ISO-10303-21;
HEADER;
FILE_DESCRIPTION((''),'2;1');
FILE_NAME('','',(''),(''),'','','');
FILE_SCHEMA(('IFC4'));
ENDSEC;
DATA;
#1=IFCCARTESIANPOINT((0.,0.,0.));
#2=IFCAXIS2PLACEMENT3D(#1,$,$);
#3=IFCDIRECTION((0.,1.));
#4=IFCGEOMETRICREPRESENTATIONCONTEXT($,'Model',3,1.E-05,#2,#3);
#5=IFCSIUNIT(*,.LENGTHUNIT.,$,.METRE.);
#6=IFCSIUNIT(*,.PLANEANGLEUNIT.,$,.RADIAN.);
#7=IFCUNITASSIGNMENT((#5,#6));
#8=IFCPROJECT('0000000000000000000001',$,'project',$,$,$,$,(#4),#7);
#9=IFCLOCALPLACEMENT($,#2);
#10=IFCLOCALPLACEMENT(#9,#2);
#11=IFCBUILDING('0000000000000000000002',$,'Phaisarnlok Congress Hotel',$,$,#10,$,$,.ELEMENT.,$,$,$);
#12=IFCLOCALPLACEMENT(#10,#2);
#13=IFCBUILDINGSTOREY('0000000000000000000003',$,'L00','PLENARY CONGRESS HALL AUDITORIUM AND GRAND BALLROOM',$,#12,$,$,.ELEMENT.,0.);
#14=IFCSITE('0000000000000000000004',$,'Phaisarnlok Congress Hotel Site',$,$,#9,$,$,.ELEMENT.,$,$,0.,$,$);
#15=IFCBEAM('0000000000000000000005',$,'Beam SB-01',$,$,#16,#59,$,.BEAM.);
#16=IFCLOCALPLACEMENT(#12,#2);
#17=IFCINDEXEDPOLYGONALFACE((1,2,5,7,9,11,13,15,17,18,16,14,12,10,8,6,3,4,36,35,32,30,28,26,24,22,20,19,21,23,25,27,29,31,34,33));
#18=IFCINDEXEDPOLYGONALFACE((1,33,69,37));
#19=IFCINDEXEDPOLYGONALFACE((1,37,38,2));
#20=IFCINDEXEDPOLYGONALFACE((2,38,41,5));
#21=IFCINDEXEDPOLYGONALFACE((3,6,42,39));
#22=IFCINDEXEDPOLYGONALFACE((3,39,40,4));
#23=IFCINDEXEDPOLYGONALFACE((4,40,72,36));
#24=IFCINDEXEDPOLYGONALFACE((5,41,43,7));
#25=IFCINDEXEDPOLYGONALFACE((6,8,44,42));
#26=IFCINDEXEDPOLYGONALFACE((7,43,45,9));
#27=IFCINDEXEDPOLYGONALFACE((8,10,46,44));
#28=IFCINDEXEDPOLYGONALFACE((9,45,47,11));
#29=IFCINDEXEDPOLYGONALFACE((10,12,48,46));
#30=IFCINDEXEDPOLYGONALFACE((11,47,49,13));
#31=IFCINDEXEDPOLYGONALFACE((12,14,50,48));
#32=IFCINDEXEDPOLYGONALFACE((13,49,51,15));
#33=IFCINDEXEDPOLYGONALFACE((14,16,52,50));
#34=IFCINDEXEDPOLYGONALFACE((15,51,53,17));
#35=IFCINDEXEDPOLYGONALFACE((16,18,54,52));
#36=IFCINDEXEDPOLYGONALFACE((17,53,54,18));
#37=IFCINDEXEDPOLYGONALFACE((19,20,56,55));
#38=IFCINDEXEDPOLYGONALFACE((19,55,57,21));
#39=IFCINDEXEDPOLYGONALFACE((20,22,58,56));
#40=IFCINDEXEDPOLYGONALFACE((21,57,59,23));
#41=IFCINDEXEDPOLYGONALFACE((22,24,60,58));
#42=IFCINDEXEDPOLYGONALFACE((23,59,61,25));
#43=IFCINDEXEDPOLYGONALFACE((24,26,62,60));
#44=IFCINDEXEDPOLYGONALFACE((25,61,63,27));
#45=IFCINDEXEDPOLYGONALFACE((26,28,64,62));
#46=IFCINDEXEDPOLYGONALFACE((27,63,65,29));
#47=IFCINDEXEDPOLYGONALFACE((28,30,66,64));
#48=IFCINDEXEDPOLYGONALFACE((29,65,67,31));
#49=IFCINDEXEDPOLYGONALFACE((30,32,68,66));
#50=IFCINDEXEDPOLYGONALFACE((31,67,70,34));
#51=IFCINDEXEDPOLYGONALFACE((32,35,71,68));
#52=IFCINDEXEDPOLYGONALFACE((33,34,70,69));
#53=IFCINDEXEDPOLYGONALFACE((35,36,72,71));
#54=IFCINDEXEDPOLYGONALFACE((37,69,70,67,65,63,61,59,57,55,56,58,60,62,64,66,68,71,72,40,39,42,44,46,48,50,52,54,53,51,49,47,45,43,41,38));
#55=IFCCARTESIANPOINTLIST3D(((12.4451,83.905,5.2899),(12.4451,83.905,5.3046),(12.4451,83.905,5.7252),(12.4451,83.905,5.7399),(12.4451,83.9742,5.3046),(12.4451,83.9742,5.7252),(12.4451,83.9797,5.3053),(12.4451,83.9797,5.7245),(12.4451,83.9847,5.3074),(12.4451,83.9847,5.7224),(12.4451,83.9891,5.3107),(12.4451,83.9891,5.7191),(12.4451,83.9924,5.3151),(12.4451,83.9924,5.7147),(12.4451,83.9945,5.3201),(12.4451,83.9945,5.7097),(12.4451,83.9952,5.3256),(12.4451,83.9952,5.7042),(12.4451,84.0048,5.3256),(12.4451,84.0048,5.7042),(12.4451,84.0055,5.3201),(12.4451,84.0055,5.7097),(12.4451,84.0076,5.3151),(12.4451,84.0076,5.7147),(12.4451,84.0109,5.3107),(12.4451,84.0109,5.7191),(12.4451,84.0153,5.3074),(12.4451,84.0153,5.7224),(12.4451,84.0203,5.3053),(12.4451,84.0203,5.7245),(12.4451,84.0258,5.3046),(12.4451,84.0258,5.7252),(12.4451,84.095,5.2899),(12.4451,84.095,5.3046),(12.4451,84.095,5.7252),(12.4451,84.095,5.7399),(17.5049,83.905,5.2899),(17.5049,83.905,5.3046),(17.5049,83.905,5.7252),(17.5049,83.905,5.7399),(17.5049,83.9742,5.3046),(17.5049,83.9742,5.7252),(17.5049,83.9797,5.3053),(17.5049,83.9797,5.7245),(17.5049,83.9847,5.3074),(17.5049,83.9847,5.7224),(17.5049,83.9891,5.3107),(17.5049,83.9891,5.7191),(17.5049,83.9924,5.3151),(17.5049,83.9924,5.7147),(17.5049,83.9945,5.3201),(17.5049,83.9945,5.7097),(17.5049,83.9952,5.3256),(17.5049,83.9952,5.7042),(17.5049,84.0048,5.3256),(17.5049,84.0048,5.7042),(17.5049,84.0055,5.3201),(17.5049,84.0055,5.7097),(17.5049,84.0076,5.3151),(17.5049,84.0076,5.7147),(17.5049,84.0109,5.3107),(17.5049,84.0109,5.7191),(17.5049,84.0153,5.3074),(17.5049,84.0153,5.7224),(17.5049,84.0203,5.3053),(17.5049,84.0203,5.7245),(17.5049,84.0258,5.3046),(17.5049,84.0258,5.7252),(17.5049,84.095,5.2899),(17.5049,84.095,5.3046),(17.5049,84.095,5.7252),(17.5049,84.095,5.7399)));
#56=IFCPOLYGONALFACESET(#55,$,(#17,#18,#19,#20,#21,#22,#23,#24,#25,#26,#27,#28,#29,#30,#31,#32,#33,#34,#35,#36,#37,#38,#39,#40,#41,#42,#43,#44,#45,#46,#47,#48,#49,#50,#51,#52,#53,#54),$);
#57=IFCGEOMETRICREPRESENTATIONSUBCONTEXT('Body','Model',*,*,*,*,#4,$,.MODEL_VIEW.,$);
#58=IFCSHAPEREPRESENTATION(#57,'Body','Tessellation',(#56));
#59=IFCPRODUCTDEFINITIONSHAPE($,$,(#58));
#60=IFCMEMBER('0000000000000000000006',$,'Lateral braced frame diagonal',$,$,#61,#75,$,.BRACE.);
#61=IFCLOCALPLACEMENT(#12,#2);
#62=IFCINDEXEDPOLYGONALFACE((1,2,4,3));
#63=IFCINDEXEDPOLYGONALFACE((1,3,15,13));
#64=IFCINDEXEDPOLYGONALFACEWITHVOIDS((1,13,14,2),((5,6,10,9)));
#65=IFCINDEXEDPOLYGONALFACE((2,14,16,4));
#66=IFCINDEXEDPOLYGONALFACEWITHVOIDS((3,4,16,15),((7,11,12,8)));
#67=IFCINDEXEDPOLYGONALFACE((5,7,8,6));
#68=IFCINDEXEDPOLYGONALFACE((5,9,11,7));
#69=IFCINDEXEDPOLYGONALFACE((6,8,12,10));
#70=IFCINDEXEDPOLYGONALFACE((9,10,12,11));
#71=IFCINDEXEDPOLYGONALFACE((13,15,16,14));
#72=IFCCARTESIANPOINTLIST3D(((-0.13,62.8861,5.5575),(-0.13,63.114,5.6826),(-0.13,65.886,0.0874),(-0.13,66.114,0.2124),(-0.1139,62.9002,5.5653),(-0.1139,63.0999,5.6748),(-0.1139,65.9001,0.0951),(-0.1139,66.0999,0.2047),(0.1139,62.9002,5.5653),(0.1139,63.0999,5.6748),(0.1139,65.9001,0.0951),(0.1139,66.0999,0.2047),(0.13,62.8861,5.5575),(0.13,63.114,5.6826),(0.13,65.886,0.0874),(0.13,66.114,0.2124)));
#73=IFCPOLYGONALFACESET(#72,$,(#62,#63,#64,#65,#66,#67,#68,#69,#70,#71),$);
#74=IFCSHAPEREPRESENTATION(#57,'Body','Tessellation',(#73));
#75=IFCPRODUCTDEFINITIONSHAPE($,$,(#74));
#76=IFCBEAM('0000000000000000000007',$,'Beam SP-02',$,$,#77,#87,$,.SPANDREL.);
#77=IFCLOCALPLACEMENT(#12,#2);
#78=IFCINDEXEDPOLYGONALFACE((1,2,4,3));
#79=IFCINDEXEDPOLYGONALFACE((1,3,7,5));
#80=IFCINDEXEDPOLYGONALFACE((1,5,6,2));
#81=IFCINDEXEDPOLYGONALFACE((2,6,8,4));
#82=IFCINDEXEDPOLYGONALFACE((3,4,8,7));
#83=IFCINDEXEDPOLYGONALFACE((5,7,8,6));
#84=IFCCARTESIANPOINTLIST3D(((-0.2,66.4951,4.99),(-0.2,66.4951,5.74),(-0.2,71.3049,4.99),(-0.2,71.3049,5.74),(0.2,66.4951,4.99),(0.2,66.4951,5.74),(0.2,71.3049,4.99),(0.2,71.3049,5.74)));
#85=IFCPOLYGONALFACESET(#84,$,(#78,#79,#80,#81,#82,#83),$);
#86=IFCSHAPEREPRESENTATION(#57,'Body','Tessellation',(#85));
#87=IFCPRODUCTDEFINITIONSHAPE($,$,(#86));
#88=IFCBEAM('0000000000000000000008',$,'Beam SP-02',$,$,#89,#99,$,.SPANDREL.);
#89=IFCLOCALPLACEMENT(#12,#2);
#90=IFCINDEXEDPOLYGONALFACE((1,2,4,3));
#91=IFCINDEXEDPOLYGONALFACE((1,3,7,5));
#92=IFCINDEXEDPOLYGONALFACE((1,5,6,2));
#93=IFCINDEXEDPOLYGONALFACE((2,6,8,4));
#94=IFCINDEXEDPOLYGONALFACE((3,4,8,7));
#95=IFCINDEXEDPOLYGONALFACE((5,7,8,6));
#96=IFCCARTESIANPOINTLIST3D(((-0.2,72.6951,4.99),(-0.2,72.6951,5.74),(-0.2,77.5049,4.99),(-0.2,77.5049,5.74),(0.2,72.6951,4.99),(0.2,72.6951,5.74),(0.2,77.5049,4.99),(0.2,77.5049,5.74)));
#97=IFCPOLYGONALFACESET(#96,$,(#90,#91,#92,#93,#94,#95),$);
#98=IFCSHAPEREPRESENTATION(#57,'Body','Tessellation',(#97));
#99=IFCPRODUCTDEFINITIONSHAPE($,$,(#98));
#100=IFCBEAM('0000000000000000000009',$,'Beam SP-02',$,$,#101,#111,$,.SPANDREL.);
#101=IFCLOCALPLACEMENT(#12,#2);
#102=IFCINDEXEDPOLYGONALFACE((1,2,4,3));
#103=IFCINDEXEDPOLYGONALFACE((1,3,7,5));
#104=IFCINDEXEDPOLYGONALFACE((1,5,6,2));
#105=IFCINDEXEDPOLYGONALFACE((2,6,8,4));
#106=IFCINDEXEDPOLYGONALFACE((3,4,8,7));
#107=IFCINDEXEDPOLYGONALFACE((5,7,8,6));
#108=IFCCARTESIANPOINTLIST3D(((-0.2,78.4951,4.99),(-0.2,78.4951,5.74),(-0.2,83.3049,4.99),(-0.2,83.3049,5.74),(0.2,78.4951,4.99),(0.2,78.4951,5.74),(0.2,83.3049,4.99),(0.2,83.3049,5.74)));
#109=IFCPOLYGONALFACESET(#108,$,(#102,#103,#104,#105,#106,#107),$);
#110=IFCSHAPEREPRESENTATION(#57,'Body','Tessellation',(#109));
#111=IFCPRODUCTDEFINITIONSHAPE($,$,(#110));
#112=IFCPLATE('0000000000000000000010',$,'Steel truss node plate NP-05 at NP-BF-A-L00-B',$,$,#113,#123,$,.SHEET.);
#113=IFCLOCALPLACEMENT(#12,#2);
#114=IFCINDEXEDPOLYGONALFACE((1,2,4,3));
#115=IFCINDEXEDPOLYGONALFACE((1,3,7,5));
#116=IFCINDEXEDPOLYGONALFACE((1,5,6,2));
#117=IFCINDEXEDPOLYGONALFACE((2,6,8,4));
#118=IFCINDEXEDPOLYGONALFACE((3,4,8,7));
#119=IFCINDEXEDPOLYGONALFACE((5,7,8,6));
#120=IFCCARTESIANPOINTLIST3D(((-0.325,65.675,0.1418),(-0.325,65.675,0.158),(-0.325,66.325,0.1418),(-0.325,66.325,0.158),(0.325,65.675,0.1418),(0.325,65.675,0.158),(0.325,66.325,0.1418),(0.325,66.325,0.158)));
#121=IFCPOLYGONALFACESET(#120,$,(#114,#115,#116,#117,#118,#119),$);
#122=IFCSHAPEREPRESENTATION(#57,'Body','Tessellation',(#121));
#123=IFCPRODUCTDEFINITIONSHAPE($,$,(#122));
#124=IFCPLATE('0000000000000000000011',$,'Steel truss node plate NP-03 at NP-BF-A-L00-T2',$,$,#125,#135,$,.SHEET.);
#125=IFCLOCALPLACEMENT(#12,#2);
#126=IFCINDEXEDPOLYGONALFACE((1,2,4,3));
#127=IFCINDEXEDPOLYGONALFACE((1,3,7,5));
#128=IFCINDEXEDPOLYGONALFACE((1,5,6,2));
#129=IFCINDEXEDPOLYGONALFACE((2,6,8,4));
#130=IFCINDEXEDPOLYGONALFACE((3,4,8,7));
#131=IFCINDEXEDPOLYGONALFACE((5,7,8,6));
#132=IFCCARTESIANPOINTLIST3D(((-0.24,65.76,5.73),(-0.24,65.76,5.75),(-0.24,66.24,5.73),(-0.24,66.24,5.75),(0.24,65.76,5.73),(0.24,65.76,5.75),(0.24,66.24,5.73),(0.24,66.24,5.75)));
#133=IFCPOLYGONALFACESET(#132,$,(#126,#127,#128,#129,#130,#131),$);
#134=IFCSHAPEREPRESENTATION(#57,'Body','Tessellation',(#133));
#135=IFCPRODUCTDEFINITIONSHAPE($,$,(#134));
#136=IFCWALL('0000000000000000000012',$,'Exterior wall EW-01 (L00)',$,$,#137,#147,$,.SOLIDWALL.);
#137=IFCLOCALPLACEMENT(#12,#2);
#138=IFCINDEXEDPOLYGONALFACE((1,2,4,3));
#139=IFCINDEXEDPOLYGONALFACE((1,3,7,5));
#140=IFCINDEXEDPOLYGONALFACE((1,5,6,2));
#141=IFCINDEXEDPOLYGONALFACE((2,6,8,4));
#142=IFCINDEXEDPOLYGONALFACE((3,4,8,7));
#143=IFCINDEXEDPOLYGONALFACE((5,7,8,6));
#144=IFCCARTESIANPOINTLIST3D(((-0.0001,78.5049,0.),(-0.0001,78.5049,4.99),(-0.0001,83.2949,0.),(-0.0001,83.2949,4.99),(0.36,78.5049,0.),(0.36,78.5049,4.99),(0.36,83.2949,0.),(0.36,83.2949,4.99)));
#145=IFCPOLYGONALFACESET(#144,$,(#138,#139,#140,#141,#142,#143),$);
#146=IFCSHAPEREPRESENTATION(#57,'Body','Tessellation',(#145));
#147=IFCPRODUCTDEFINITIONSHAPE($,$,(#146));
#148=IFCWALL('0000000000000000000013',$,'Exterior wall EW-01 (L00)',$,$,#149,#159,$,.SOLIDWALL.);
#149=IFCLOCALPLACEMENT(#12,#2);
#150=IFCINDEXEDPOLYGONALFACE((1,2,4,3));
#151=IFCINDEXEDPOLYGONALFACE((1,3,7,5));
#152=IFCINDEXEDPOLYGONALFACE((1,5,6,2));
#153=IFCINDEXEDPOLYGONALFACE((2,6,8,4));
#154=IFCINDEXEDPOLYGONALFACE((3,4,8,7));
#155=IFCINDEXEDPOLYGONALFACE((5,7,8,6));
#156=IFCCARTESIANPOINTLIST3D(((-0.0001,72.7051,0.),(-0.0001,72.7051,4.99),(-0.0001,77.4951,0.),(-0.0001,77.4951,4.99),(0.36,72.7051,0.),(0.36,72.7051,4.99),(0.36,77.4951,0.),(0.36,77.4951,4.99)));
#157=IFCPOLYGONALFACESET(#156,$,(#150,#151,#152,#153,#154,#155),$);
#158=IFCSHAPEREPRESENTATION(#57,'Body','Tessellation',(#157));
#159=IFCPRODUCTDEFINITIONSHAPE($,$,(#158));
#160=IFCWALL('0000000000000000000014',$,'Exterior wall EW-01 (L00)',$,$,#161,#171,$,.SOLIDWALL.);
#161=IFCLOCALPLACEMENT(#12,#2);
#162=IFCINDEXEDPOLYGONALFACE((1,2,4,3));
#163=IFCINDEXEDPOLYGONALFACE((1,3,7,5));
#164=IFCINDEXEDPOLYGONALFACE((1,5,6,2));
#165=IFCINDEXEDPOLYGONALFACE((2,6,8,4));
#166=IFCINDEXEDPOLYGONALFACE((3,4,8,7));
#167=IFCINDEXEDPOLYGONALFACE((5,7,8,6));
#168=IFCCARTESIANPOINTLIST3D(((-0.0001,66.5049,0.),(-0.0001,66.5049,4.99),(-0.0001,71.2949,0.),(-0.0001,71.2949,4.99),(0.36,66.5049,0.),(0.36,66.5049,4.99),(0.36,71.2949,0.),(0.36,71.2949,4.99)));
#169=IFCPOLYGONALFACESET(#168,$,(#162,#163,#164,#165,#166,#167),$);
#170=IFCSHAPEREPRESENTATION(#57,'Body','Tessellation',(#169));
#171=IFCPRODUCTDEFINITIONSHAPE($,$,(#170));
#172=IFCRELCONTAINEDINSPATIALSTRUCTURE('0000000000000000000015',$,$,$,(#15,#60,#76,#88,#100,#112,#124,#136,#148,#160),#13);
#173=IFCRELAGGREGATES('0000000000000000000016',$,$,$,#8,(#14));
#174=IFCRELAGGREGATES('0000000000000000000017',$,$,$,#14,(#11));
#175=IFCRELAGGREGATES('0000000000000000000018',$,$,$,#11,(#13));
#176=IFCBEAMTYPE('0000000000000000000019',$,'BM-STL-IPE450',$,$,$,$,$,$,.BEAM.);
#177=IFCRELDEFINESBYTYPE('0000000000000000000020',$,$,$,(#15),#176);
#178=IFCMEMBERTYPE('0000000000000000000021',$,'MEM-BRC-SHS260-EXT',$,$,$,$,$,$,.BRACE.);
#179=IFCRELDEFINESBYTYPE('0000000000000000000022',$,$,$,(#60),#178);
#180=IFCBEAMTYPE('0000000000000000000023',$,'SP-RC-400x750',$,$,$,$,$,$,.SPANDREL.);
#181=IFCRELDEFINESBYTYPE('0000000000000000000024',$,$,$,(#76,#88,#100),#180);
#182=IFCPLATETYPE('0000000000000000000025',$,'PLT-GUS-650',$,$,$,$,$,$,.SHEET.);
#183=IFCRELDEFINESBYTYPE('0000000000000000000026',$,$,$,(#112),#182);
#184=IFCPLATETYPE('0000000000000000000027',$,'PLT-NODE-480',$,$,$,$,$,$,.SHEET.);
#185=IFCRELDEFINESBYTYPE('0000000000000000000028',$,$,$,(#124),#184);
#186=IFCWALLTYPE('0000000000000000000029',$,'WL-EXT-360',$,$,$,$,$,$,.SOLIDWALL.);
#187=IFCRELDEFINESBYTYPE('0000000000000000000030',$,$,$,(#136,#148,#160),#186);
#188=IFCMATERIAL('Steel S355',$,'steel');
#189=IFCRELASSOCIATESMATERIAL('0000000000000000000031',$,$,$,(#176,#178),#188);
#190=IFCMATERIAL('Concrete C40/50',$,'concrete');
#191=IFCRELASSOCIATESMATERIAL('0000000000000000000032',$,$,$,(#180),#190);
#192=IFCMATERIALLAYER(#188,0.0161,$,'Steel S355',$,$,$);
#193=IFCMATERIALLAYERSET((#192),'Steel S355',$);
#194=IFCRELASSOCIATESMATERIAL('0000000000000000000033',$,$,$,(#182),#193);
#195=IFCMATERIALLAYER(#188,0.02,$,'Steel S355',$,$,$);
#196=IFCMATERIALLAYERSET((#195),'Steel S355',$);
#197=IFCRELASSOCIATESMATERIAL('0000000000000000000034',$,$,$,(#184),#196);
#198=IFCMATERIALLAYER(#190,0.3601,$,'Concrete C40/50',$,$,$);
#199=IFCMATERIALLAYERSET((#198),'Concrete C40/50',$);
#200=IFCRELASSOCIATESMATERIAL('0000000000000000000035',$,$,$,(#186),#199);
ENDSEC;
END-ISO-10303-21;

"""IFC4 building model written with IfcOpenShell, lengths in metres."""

from ifc_helpers import new_model, si_unit, direction, frame, frame_2d, origin, origin_2d, place, context, subcontext, project, spatial, rectangle, hollow_rectangle, i_section, extrude, material, layer, layer_set, material_profile, profile_set, type_object, element, save


model = new_model("IFC4")

# Units and contexts
model_context = context("Model", 3, precision=1e-05, world=origin(), true_north=direction((0.0, 1.0)))
body_context = subcontext(model_context, "Body", "Model", "MODEL_VIEW")
ifc_project = project(units=[si_unit("LENGTHUNIT", "METRE"), si_unit("PLANEANGLEUNIT", "RADIAN")], contexts=[model_context])

# Site, building, storey
site_placement = place(None, origin())
site = spatial("IfcSite", under=ifc_project, at=site_placement, Name="Phaisarnlok Congress Hotel Site", CompositionType="ELEMENT", RefElevation=0.0)
building_placement = place(site_placement, origin())
building = spatial("IfcBuilding", under=site, at=building_placement, Name="Phaisarnlok Congress Hotel", CompositionType="ELEMENT")
storey_placement = place(building_placement, origin())
storey = spatial("IfcBuildingStorey", under=building, at=storey_placement, Name="L00", Description="PLENARY CONGRESS HALL AUDITORIUM AND GRAND BALLROOM", CompositionType="ELEMENT", Elevation=0.0)

# Shared definitions
ifc_material_1 = material(Name="Concrete C40/50", Category="concrete")

# Beam
ifc_material_2 = material(Name="Steel S355", Category="steel")
ifc_material_profile_1 = material_profile(ifc_material_2, i_section(OverallWidth=0.1899, OverallDepth=0.45, WebThickness=0.0095, FlangeThickness=0.0146, FilletRadius=0.021, at=origin_2d()), Name="IPE 450")
ifc_profile_set_1 = profile_set([ifc_material_profile_1], Name="Steel S355")
beam_type_1 = type_object("IfcBeamType", Name="BM-STL-IPE450", PredefinedType="BEAM", material=ifc_profile_set_1)
beam_1_placement = place(storey_placement, frame((12.4451, 84.0, 5.5149), z_axis=(1.0, 0.0, 0.0), x_axis=(0.0, 1.0, 0.0)))
element("IfcBeam", 1, at=beam_1_placement, inside=storey, type_object=beam_type_1, Name="Beam SB-01", PredefinedType="BEAM", context=body_context, shape_type="SweptSolid", body=[
    extrude(i_section(OverallWidth=0.1899, OverallDepth=0.45, WebThickness=0.0095, FlangeThickness=0.0146, FilletRadius=0.021, at=origin_2d()), origin(), (0.0, 0.0, 1.0), 5.0598),
])

# Member
ifc_material_profile_2 = material_profile(ifc_material_2, hollow_rectangle(XDim=0.26, YDim=0.26, WallThickness=0.0161, at=origin_2d()), Name="SHS 260x260x16")
ifc_profile_set_2 = profile_set([ifc_material_profile_2], Name="Steel S355")
member_type = type_object("IfcMemberType", Name="MEM-BRC-SHS260-EXT", PredefinedType="BRACE", material=ifc_profile_set_2)
member_placement = place(storey_placement, frame((0.0, 66.0, 0.1499), z_axis=(0.0, -0.480858, 0.876799), x_axis=(1.0, 0.0, 0.0)))
element("IfcMember", 2, at=member_placement, inside=storey, type_object=member_type, Name="Lateral braced frame diagonal", PredefinedType="BRACE", context=body_context, shape_type="SweptSolid", body=[
    extrude(hollow_rectangle(XDim=0.26, YDim=0.26, WallThickness=0.0161, at=origin_2d()), origin(), (0.0, 0.0, 1.0), 6.2388),
])

# Beams
ifc_material_profile_3 = material_profile(ifc_material_1, rectangle(XDim=0.3999, YDim=0.75, at=origin_2d()), Name="RC 400x750")
ifc_profile_set_3 = profile_set([ifc_material_profile_3], Name="Concrete C40/50")
beam_type_2 = type_object("IfcBeamType", Name="SP-RC-400x750", PredefinedType="SPANDREL", material=ifc_profile_set_3)
for number, where, z_axis, x_axis, name in (
    (3, (0.0, 66.4951, 5.365), (0.0, 1.0, 0.0), (-1.0, 0.0, 0.0), "Beam SP-02"),
    (4, (0.0, 72.6951, 5.365), (0.0, 1.0, 0.0), (-1.0, 0.0, 0.0), "Beam SP-02"),
    (5, (0.0, 78.4951, 5.365), (0.0, 1.0, 0.0), (-1.0, 0.0, 0.0), "Beam SP-02"),
):
    element("IfcBeam", number, at=place(storey_placement, frame(where, z_axis=z_axis, x_axis=x_axis)), inside=storey, type_object=beam_type_2, Name=name, PredefinedType="SPANDREL", context=body_context, shape_type="SweptSolid", body=[
        extrude(rectangle(XDim=0.3999, YDim=0.75, at=origin_2d()), origin(), (0.0, 0.0, 1.0), 4.8098),
    ])

# Plates
ifc_layer_1 = layer(ifc_material_2, 0.0161, Name="Steel S355")
ifc_layer_set_1 = layer_set([ifc_layer_1], Name="Steel S355")
plate_type_1 = type_object("IfcPlateType", Name="PLT-GUS-650", PredefinedType="SHEET", material=ifc_layer_set_1)
plate_1_placement = place(storey_placement, frame((0.0, 66.0, 0.1418), z_axis=(0.0, 0.0, 1.0), x_axis=(1.0, 0.0, 0.0)))
element("IfcPlate", 6, at=plate_1_placement, inside=storey, type_object=plate_type_1, Name="Steel truss node plate NP-05 at NP-BF-A-L00-B", PredefinedType="SHEET", context=body_context, shape_type="SweptSolid", body=[
    extrude(rectangle(XDim=0.6499, YDim=0.6499, at=origin_2d()), origin(), (0.0, 0.0, 1.0), 0.0161),
])
ifc_layer_2 = layer(ifc_material_2, 0.02, Name="Steel S355")
ifc_layer_set_2 = layer_set([ifc_layer_2], Name="Steel S355")
plate_type_2 = type_object("IfcPlateType", Name="PLT-NODE-480", PredefinedType="SHEET", material=ifc_layer_set_2)
plate_2_placement = place(storey_placement, frame((0.0, 66.0, 5.73), z_axis=(0.0, 0.0, 1.0), x_axis=(1.0, 0.0, 0.0)))
element("IfcPlate", 7, at=plate_2_placement, inside=storey, type_object=plate_type_2, Name="Steel truss node plate NP-03 at NP-BF-A-L00-T2", PredefinedType="SHEET", context=body_context, shape_type="SweptSolid", body=[
    extrude(rectangle(XDim=0.48, YDim=0.48, at=origin_2d()), origin(), (0.0, 0.0, 1.0), 0.02),
])

# Walls
ifc_layer_3 = layer(ifc_material_1, 0.3601, Name="Concrete C40/50")
ifc_layer_set_3 = layer_set([ifc_layer_3], Name="Concrete C40/50")
wall_type_1 = type_object("IfcWallType", Name="WL-EXT-360", PredefinedType="SOLIDWALL", material=ifc_layer_set_3)
for number, where, z_axis, x_axis, name in (
    (8, (0.1799, 83.2949, 0.0), (0.0, 0.0, 1.0), (0.0, -1.0, 0.0), "Exterior wall EW-01 (L00)"),
    (9, (0.1799, 77.4951, 0.0), (0.0, 0.0, 1.0), (0.0, -1.0, 0.0), "Exterior wall EW-01 (L00)"),
    (10, (0.1799, 71.2949, 0.0), (0.0, 0.0, 1.0), (0.0, -1.0, 0.0), "Exterior wall EW-01 (L00)"),
):
    element("IfcWall", number, at=place(storey_placement, frame(where, z_axis=z_axis, x_axis=x_axis)), inside=storey, type_object=wall_type_1, Name=name, PredefinedType="SOLIDWALL", context=body_context, shape_type="SweptSolid", body=[
        extrude(rectangle(XDim=4.79, YDim=0.3601, at=frame_2d((2.395, 0.0))), origin(), (0.0, 0.0, 1.0), 4.99),
    ])

save(model, "model.ifc")
